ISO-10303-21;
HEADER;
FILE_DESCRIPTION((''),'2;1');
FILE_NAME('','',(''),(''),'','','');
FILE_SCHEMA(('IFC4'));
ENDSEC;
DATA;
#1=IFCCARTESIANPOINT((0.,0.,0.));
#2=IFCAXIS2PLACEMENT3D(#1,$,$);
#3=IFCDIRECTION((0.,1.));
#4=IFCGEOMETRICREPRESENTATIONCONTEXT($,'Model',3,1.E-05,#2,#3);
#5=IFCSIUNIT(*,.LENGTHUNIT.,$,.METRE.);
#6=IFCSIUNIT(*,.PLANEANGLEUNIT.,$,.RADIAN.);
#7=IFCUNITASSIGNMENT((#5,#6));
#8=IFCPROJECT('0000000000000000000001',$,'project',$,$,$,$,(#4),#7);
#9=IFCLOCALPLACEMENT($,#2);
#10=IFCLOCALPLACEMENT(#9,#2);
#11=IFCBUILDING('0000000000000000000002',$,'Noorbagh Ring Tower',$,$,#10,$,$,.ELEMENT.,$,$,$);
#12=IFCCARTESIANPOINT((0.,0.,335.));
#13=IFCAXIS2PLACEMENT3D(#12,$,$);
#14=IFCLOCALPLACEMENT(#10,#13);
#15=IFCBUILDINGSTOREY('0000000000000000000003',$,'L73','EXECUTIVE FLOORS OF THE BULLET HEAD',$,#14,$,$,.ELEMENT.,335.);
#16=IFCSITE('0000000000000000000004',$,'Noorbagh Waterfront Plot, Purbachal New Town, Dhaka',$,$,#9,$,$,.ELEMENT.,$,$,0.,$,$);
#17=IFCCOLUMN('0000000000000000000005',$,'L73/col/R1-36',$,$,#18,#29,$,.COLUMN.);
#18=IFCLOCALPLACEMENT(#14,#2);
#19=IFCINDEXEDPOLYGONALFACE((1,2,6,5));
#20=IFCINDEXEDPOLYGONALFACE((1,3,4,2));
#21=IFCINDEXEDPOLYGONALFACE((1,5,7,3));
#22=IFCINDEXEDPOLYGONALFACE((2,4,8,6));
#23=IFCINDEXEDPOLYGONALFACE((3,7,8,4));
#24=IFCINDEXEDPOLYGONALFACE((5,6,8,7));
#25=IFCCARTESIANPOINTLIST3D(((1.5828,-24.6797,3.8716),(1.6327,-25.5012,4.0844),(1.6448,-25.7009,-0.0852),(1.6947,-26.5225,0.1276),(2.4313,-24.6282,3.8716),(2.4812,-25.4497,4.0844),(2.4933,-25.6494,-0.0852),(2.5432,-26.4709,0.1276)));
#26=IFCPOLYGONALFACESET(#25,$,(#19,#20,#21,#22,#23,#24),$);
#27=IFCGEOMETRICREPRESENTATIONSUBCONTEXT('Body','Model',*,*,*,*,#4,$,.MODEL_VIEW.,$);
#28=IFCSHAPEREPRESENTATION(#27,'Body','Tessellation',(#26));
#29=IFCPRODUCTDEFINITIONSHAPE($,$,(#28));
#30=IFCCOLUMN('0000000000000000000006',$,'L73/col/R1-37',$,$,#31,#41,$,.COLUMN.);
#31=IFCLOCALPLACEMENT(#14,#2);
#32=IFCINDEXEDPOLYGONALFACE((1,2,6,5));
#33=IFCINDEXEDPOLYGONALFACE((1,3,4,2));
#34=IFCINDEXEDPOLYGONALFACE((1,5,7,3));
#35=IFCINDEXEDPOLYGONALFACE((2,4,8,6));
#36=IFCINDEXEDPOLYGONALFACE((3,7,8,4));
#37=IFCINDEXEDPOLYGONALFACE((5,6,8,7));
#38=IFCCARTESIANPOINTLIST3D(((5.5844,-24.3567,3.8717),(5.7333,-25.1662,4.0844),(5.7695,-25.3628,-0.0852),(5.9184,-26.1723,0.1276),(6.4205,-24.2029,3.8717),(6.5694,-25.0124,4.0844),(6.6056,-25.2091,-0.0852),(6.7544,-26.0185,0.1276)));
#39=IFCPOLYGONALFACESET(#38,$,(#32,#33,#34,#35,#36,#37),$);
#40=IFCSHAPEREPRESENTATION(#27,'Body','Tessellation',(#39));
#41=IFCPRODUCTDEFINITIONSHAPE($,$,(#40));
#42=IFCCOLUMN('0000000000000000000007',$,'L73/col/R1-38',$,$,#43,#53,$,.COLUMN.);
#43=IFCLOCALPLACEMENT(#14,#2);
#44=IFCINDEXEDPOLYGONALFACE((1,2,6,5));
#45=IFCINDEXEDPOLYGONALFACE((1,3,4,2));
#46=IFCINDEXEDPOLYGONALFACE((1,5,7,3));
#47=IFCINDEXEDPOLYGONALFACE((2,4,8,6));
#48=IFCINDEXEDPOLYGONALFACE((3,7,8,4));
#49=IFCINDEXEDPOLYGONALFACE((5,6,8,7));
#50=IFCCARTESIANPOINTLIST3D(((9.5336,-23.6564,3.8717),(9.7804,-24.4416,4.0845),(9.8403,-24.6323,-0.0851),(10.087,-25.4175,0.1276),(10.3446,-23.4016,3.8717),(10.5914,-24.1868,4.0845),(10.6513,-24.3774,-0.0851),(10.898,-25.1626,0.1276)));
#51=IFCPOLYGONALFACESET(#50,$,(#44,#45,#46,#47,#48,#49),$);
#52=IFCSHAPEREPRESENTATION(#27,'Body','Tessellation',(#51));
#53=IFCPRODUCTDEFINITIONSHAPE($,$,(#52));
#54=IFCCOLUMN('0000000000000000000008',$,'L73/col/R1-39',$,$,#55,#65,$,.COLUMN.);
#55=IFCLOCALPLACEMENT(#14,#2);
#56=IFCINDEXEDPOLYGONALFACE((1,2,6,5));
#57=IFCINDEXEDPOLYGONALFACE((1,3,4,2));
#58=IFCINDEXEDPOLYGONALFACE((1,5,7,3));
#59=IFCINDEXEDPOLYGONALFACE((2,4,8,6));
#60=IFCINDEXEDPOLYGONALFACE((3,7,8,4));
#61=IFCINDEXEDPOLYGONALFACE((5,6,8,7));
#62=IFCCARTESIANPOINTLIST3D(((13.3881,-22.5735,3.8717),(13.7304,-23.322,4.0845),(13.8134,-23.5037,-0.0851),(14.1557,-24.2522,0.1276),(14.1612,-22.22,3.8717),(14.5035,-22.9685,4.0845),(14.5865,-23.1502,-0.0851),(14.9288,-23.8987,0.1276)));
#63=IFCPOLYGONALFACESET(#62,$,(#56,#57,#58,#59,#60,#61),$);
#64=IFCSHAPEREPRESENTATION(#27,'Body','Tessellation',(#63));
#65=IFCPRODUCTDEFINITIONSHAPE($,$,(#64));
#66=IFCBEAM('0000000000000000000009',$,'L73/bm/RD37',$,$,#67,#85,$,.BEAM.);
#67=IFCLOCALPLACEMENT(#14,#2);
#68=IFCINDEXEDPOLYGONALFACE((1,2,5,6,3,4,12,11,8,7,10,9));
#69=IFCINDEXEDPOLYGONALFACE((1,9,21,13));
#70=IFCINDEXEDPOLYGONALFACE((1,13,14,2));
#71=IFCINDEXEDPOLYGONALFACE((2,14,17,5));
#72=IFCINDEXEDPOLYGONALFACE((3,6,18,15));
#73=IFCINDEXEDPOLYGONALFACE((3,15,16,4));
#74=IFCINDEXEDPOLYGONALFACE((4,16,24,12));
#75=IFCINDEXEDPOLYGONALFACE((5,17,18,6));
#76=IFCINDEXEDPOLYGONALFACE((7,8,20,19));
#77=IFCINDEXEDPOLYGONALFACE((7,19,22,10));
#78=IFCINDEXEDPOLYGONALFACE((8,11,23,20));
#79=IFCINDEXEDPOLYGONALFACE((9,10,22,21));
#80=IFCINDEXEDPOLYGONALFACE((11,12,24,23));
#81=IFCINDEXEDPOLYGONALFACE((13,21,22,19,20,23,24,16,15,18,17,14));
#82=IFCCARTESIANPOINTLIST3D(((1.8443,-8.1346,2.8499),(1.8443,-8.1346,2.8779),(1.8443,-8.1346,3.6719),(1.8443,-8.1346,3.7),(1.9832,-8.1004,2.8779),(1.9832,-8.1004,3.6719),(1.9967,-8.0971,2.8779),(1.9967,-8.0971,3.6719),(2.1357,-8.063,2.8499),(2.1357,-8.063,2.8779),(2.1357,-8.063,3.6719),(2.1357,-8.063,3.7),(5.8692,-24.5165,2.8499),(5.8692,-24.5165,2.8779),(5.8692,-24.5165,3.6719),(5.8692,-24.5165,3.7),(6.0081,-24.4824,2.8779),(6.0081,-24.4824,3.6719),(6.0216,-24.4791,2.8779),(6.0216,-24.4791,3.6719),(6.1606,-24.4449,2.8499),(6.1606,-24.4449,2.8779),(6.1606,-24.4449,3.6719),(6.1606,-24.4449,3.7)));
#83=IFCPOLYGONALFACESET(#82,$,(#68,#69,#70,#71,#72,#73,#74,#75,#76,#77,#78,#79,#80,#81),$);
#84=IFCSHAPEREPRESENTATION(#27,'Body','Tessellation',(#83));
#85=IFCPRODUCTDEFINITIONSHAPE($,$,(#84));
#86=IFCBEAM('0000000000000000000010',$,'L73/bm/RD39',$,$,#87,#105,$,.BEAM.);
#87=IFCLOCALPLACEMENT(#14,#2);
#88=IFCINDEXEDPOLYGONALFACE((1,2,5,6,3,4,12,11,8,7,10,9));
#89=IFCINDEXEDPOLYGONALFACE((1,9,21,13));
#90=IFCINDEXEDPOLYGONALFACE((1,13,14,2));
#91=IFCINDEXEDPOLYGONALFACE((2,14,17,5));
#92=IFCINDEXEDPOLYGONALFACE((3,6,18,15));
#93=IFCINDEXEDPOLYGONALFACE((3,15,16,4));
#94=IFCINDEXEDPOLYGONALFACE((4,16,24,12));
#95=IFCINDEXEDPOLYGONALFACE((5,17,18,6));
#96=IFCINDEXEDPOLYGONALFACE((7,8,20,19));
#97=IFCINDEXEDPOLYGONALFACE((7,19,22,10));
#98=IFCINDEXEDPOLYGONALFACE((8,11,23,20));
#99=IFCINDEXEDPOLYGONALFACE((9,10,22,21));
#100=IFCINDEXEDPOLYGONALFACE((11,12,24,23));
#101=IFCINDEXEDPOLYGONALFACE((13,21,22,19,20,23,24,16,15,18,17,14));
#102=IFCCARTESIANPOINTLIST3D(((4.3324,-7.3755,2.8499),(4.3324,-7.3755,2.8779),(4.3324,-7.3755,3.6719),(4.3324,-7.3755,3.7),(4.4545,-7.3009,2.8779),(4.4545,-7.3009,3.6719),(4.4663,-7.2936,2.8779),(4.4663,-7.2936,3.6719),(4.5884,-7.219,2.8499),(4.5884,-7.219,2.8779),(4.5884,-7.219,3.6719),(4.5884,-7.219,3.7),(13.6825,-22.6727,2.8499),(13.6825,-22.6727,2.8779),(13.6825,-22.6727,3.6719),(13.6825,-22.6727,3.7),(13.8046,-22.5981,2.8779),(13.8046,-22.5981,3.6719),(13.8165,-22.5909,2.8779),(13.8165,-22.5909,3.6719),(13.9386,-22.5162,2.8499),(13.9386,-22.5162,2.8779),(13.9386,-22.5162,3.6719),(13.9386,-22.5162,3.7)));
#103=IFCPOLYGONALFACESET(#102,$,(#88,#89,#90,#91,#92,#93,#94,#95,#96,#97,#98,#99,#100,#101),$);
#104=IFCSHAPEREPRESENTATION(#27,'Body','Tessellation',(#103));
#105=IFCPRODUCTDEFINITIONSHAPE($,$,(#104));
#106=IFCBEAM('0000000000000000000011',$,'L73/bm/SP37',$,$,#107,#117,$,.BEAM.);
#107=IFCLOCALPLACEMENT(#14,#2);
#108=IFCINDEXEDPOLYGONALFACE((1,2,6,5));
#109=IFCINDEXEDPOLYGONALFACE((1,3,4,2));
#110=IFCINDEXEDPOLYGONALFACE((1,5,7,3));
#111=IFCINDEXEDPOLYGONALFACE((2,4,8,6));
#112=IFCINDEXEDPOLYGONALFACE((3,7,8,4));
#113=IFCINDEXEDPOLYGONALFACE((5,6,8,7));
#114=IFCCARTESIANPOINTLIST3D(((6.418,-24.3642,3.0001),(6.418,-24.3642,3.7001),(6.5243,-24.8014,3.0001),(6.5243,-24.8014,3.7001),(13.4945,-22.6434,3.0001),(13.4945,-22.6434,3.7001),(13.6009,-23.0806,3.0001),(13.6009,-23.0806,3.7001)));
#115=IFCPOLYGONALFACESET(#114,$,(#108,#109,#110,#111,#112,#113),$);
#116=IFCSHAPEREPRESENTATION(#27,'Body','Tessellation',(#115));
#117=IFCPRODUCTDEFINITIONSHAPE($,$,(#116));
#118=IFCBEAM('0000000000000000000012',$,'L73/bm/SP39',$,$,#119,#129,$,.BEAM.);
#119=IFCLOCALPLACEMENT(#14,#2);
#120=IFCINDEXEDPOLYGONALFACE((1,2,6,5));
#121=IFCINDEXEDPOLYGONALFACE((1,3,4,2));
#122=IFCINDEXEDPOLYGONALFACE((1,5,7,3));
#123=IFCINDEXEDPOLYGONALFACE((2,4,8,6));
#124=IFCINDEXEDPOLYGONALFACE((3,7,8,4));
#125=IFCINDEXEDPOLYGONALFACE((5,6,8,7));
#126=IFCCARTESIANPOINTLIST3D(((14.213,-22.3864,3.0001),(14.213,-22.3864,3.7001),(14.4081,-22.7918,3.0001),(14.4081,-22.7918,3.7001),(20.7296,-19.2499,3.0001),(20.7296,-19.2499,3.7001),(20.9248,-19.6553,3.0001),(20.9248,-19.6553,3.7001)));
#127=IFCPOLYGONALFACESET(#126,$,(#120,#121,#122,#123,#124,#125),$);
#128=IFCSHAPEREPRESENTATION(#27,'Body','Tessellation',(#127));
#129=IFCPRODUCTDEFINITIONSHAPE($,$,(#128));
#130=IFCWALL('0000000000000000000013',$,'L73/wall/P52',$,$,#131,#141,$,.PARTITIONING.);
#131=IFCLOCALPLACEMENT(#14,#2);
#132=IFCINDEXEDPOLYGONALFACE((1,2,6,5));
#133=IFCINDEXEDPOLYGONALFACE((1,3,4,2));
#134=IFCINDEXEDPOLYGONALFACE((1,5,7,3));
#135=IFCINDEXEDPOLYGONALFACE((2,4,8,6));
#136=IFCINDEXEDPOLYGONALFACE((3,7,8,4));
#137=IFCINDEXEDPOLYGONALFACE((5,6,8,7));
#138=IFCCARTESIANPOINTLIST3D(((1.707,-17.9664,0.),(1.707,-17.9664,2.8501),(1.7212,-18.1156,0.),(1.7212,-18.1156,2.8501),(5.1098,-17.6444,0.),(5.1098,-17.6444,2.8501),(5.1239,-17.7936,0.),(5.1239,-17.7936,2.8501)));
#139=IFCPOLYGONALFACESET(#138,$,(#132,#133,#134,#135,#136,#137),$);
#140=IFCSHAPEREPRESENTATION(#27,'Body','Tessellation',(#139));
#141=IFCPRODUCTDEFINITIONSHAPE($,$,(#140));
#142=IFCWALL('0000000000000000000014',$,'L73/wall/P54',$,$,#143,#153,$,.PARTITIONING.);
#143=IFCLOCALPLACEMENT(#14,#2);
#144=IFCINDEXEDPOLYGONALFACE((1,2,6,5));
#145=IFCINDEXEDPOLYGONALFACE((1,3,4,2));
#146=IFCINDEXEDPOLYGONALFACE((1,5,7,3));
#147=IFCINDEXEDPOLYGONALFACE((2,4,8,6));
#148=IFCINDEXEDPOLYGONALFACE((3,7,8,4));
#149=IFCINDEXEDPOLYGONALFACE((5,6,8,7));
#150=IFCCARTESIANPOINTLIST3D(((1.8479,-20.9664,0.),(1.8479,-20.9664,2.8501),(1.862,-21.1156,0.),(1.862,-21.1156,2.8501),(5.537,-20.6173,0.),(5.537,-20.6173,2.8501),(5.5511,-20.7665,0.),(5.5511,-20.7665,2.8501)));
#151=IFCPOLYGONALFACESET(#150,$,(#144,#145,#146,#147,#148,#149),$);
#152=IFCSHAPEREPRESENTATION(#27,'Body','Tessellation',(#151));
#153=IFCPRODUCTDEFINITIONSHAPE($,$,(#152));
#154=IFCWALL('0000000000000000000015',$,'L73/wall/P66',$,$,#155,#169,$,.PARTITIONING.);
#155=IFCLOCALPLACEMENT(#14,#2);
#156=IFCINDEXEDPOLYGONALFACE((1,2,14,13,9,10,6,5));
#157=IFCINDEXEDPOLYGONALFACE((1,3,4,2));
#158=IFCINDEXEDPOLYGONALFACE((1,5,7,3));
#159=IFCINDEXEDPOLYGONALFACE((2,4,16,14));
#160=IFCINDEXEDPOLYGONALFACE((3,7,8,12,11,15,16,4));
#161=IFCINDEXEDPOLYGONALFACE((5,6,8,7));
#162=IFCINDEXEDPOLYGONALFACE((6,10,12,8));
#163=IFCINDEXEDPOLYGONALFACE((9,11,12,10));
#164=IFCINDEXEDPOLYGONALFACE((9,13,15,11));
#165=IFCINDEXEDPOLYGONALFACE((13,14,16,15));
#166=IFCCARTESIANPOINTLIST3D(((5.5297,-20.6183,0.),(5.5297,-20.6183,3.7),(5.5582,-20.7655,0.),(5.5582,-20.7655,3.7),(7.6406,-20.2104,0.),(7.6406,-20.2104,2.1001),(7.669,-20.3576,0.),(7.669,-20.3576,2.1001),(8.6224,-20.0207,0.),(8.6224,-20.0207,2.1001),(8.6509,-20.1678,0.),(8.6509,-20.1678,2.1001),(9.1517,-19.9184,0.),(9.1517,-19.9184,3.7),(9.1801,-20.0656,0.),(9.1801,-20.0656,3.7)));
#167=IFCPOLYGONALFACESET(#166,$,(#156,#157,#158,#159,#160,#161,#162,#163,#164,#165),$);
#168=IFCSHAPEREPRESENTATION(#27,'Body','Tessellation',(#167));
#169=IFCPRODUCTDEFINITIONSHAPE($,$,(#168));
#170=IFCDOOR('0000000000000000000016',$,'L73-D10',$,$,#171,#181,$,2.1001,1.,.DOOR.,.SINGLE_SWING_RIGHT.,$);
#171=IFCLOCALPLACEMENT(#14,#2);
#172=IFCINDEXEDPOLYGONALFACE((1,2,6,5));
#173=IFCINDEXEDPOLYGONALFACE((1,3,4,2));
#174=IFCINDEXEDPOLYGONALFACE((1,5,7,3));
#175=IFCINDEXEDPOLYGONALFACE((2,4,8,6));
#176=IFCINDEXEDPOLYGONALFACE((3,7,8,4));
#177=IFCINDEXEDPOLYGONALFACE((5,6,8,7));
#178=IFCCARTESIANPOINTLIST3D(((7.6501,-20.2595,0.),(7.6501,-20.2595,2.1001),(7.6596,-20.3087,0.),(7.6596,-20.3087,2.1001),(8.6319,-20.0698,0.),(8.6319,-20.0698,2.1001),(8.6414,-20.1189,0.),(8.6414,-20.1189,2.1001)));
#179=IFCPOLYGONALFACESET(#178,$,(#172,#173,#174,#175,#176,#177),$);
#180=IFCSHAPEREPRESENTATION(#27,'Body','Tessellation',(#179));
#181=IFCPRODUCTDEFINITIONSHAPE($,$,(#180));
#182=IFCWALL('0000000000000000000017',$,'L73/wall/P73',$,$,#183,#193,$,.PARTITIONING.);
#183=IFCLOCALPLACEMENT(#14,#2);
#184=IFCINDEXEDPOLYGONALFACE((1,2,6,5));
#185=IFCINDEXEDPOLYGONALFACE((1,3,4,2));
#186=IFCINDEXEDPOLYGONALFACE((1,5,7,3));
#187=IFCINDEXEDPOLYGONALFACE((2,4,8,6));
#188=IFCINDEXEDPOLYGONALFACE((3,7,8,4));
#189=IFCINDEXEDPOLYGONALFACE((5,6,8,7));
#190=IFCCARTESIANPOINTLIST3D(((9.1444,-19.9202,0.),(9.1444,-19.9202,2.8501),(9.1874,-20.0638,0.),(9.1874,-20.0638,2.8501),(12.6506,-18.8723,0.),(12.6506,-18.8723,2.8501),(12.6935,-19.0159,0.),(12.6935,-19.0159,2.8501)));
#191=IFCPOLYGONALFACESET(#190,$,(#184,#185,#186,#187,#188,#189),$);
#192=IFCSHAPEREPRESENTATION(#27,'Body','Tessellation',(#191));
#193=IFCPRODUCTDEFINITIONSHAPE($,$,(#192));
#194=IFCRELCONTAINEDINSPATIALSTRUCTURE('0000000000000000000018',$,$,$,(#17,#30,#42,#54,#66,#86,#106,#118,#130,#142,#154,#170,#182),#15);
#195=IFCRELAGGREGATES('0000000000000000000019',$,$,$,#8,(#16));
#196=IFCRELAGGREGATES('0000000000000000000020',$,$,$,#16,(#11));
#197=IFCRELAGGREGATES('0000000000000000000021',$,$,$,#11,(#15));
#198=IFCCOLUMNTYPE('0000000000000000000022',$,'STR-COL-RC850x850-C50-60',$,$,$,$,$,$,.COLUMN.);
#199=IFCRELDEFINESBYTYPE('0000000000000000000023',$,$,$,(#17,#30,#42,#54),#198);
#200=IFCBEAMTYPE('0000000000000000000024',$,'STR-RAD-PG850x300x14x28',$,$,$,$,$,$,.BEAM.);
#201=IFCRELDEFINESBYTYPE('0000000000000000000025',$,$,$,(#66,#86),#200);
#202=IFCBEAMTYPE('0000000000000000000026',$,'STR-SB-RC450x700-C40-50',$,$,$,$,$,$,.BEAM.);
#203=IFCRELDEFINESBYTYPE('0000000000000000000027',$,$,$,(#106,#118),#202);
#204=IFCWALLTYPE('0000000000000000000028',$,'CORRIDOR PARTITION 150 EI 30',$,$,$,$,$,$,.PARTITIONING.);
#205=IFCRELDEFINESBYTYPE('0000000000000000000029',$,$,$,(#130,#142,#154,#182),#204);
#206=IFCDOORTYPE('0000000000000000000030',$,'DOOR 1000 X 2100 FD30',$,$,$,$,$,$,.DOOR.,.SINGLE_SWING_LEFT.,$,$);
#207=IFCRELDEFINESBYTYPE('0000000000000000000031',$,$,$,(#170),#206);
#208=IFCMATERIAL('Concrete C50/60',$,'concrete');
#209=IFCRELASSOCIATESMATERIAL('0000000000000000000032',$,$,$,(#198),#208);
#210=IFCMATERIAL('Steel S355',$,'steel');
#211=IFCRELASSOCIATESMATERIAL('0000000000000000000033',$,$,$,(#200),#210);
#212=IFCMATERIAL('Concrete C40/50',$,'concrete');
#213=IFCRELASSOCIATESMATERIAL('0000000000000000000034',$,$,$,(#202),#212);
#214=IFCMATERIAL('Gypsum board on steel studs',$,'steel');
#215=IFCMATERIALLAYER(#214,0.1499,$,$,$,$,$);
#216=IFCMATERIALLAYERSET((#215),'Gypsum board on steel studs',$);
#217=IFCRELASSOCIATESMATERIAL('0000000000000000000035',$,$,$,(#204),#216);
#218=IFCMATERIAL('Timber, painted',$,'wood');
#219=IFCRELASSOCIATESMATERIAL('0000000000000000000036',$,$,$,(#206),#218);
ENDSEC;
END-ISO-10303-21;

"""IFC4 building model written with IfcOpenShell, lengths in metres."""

from ifc_helpers import new_model, si_unit, direction, frame, frame_2d, origin, origin_2d, place, context, subcontext, project, spatial, rectangle, i_section, extrude, material, layer, layer_set, material_profile, profile_set, type_object, element, fill, save


model = new_model("IFC4")

# Units and contexts
model_context = context("Model", 3, precision=1e-05, world=origin(), true_north=direction((0.0, 1.0)))
body_context = subcontext(model_context, "Body", "Model", "MODEL_VIEW")
ifc_project = project(units=[si_unit("LENGTHUNIT", "METRE"), si_unit("PLANEANGLEUNIT", "RADIAN")], contexts=[model_context])

# Site, building, storey
site_placement = place(None, origin())
site = spatial("IfcSite", under=ifc_project, at=site_placement, Name="Noorbagh Waterfront Plot, Purbachal New Town, Dhaka", CompositionType="ELEMENT", RefElevation=0.0)
building_placement = place(site_placement, origin())
building = spatial("IfcBuilding", under=site, at=building_placement, Name="Noorbagh Ring Tower", CompositionType="ELEMENT")
storey_placement = place(building_placement, frame((0.0, 0.0, 335.0)))
storey = spatial("IfcBuildingStorey", under=building, at=storey_placement, Name="L73", Description="EXECUTIVE FLOORS OF THE BULLET HEAD", CompositionType="ELEMENT", Elevation=335.0)

# Columns
ifc_material_1 = material(Name="Concrete C50/60", Category="concrete")
ifc_material_profile_1 = material_profile(ifc_material_1, rectangle(XDim=0.8501, YDim=0.8501, at=origin_2d()), Name="RC850x850")
ifc_profile_set_1 = profile_set([ifc_material_profile_1], Name="Concrete C50/60")
column_type = type_object("IfcColumnType", Name="STR-COL-RC850x850-C50-60", PredefinedType="COLUMN", material=ifc_profile_set_1)
for number, where, z_axis, x_axis, name in (
    (1, (2.094, -26.0859, 0.0212), (-0.015173, 0.24988, 0.968158), (-0.998162, -0.06061, 0.0), "L73/col/R1-36"),
    (2, (6.262, -25.6907, 0.0212), (-0.045281, 0.246178, 0.968166), (-0.983501, -0.180901, 0.0), "L73/col/R1-37"),
    (3, (10.3691, -24.8975, 0.0212), (-0.075031, 0.238772, 0.968173), (-0.954007, -0.299783, 0.0), "L73/col/R1-38"),
    (4, (14.3711, -23.7012, 0.0212), (-0.104064, 0.227603, 0.968178), (-0.909449, -0.415816, 0.0), "L73/col/R1-39"),
):
    element("IfcColumn", number, at=place(storey_placement, frame(where, z_axis=z_axis, x_axis=x_axis)), inside=storey, type_object=column_type, Name=name, PredefinedType="COLUMN", context=body_context, shape_type="SweptSolid", body=[
        extrude(rectangle(XDim=0.8501, YDim=0.8501, at=origin_2d()), origin(), (0.0, 0.0, 1.0), 4.0869),
    ])

# Beams
ifc_material_2 = material(Name="Steel S355", Category="steel")
ifc_material_profile_2 = material_profile(ifc_material_2, i_section(OverallWidth=0.3, OverallDepth=0.8501, WebThickness=0.0139, FlangeThickness=0.0281, at=origin_2d()), Name="PG850x300x14x28")
ifc_profile_set_2 = profile_set([ifc_material_profile_2], Name="Steel S355")
beam_type_1 = type_object("IfcBeamType", Name="STR-RAD-PG850x300x14x28", PredefinedType="BEAM", material=ifc_profile_set_2)
beam_1_placement = place(storey_placement, frame((6.0149, -24.4807, 3.2749), z_axis=(-0.238597, 0.971119, 0.0), x_axis=(-0.971119, -0.238597, 0.0)))
element("IfcBeam", 5, at=beam_1_placement, inside=storey, type_object=beam_type_1, Name="L73/bm/RD37", PredefinedType="BEAM", context=body_context, shape_type="SweptSolid", body=[
    extrude(i_section(OverallWidth=0.3, OverallDepth=0.8501, WebThickness=0.0139, FlangeThickness=0.0281, at=origin_2d()), origin(), (0.0, 0.0, 1.0), 16.8691),
])
beam_2_placement = place(storey_placement, frame((13.8105, -22.5945, 3.2749), z_axis=(-0.521525, 0.853236, 0.0), x_axis=(-0.853236, -0.521525, 0.0)))
element("IfcBeam", 6, at=beam_2_placement, inside=storey, type_object=beam_type_1, Name="L73/bm/RD39", PredefinedType="BEAM", context=body_context, shape_type="SweptSolid", body=[
    extrude(i_section(OverallWidth=0.3, OverallDepth=0.8501, WebThickness=0.0139, FlangeThickness=0.0281, at=origin_2d()), origin(), (0.0, 0.0, 1.0), 17.9285),
])
ifc_material_3 = material(Name="Concrete C40/50", Category="concrete")
ifc_material_profile_3 = material_profile(ifc_material_3, rectangle(XDim=0.45, YDim=0.7, at=origin_2d()), Name="RC450x700")
ifc_profile_set_3 = profile_set([ifc_material_profile_3], Name="Concrete C40/50")
beam_type_2 = type_object("IfcBeamType", Name="STR-SB-RC450x700-C40-50", PredefinedType="BEAM", material=ifc_profile_set_3)
beam_3_placement = place(storey_placement, frame((6.4712, -24.5828, 3.3501), z_axis=(0.971686, 0.236275, 0.0), x_axis=(-0.236275, 0.971686, 0.0)))
element("IfcBeam", 7, at=beam_3_placement, inside=storey, type_object=beam_type_2, Name="L73/bm/SP37", PredefinedType="BEAM", context=body_context, shape_type="SweptSolid", body=[
    extrude(rectangle(XDim=0.45, YDim=0.7, at=origin_2d()), origin(), (0.0, 0.0, 1.0), 7.2827),
])
beam_4_placement = place(storey_placement, frame((14.3105, -22.5891, 3.3501), z_axis=(0.901064, 0.433687, 0.0), x_axis=(-0.433687, 0.901064, 0.0)))
element("IfcBeam", 8, at=beam_4_placement, inside=storey, type_object=beam_type_2, Name="L73/bm/SP39", PredefinedType="BEAM", context=body_context, shape_type="SweptSolid", body=[
    extrude(rectangle(XDim=0.45, YDim=0.7, at=origin_2d()), origin(), (0.0, 0.0, 1.0), 7.2322),
])

# Walls
ifc_material_4 = material(Name="Gypsum board on steel studs", Category="steel")
ifc_layer_1 = layer(ifc_material_4, 0.1499)
ifc_layer_set_1 = layer_set([ifc_layer_1], Name="Gypsum board on steel studs")
wall_type_1 = type_object("IfcWallType", Name="CORRIDOR PARTITION 150 EI 30", PredefinedType="PARTITIONING", material=ifc_layer_set_1)
wall_1_placement = place(storey_placement, frame((1.7141, -18.041, 0.0), z_axis=(0.0, 0.0, 1.0), x_axis=(0.995552, 0.094212, 0.0)))
element("IfcWall", 9, at=wall_1_placement, inside=storey, type_object=wall_type_1, Name="L73/wall/P52", PredefinedType="PARTITIONING", context=body_context, shape_type="SweptSolid", body=[
    extrude(rectangle(XDim=3.418, YDim=0.1499, at=frame_2d((1.709, 0.0))), origin(), (0.0, 0.0, 1.0), 2.8501),
])
wall_2_placement = place(storey_placement, frame((1.855, -21.041, 0.0), z_axis=(0.0, 0.0, 1.0), x_axis=(0.995552, 0.094218, 0.0)))
element("IfcWall", 10, at=wall_2_placement, inside=storey, type_object=wall_type_1, Name="L73/wall/P54", PredefinedType="PARTITIONING", context=body_context, shape_type="SweptSolid", body=[
    extrude(rectangle(XDim=3.7056, YDim=0.1499, at=frame_2d((1.8528, 0.0))), origin(), (0.0, 0.0, 1.0), 2.8501),
])

# Wall, opening, door
wall_3_placement = place(storey_placement, frame((5.5439, -20.6919, 0.0), z_axis=(0.0, 0.0, 1.0), x_axis=(0.981835, 0.189736, 0.0)))
wall_3 = element("IfcWall", 11, at=wall_3_placement, inside=storey, type_object=wall_type_1, Name="L73/wall/P66", PredefinedType="PARTITIONING", context=body_context, shape_type="SweptSolid", body=[
    extrude(rectangle(XDim=3.689, YDim=0.1499, at=frame_2d((1.8445, 0.0))), origin(), (0.0, 0.0, 1.0), 3.7),
])
opening_1_placement = place(wall_3_placement, frame((2.1499, 0.0, 0.0)))
opening_1 = element("IfcOpeningElement", 12, at=opening_1_placement, cuts=wall_3, PredefinedType="OPENING", context=body_context, shape_type="SweptSolid", body=[
    extrude(rectangle(XDim=1.0, YDim=2.1001, at=frame_2d((0.5, 1.05))), frame((0.0, 0.085, 0.0), z_axis=(0.0, -1.0, 0.0), x_axis=(1.0, 0.0, 0.0)), (0.0, 0.0, 1.0), 0.1699),
])
ifc_material_5 = material(Name="Timber, painted", Category="wood")
door_type = type_object("IfcDoorType", Name="DOOR 1000 X 2100 FD30", OperationType="SINGLE_SWING_LEFT", PredefinedType="DOOR", material=ifc_material_5)
door_1_placement = place(opening_1_placement, origin())
door_1 = element("IfcDoor", 13, at=door_1_placement, inside=storey, type_object=door_type, Name="L73-D10", OperationType="SINGLE_SWING_RIGHT", OverallHeight=2.1001, OverallWidth=1.0, PredefinedType="DOOR", context=body_context, shape_type="SweptSolid", body=[
    extrude(rectangle(XDim=1.0, YDim=2.1001, at=frame_2d((0.5, 1.05))), frame((0.0, 0.0249, 0.0), z_axis=(0.0, -1.0, 0.0), x_axis=(1.0, 0.0, 0.0)), (0.0, 0.0, 1.0), 0.05),
])
fill(opening_1, door_1)

# Wall
wall_4_placement = place(storey_placement, frame((9.166, -19.9919, 0.0), z_axis=(0.0, 0.0, 1.0), x_axis=(0.958125, 0.28635, 0.0)))
element("IfcWall", 14, at=wall_4_placement, inside=storey, type_object=wall_type_1, Name="L73/wall/P73", PredefinedType="PARTITIONING", context=body_context, shape_type="SweptSolid", body=[
    extrude(rectangle(XDim=3.6594, YDim=0.1499, at=frame_2d((1.8296, 0.0))), origin(), (0.0, 0.0, 1.0), 2.8501),
])

save(model, "model.ifc")
